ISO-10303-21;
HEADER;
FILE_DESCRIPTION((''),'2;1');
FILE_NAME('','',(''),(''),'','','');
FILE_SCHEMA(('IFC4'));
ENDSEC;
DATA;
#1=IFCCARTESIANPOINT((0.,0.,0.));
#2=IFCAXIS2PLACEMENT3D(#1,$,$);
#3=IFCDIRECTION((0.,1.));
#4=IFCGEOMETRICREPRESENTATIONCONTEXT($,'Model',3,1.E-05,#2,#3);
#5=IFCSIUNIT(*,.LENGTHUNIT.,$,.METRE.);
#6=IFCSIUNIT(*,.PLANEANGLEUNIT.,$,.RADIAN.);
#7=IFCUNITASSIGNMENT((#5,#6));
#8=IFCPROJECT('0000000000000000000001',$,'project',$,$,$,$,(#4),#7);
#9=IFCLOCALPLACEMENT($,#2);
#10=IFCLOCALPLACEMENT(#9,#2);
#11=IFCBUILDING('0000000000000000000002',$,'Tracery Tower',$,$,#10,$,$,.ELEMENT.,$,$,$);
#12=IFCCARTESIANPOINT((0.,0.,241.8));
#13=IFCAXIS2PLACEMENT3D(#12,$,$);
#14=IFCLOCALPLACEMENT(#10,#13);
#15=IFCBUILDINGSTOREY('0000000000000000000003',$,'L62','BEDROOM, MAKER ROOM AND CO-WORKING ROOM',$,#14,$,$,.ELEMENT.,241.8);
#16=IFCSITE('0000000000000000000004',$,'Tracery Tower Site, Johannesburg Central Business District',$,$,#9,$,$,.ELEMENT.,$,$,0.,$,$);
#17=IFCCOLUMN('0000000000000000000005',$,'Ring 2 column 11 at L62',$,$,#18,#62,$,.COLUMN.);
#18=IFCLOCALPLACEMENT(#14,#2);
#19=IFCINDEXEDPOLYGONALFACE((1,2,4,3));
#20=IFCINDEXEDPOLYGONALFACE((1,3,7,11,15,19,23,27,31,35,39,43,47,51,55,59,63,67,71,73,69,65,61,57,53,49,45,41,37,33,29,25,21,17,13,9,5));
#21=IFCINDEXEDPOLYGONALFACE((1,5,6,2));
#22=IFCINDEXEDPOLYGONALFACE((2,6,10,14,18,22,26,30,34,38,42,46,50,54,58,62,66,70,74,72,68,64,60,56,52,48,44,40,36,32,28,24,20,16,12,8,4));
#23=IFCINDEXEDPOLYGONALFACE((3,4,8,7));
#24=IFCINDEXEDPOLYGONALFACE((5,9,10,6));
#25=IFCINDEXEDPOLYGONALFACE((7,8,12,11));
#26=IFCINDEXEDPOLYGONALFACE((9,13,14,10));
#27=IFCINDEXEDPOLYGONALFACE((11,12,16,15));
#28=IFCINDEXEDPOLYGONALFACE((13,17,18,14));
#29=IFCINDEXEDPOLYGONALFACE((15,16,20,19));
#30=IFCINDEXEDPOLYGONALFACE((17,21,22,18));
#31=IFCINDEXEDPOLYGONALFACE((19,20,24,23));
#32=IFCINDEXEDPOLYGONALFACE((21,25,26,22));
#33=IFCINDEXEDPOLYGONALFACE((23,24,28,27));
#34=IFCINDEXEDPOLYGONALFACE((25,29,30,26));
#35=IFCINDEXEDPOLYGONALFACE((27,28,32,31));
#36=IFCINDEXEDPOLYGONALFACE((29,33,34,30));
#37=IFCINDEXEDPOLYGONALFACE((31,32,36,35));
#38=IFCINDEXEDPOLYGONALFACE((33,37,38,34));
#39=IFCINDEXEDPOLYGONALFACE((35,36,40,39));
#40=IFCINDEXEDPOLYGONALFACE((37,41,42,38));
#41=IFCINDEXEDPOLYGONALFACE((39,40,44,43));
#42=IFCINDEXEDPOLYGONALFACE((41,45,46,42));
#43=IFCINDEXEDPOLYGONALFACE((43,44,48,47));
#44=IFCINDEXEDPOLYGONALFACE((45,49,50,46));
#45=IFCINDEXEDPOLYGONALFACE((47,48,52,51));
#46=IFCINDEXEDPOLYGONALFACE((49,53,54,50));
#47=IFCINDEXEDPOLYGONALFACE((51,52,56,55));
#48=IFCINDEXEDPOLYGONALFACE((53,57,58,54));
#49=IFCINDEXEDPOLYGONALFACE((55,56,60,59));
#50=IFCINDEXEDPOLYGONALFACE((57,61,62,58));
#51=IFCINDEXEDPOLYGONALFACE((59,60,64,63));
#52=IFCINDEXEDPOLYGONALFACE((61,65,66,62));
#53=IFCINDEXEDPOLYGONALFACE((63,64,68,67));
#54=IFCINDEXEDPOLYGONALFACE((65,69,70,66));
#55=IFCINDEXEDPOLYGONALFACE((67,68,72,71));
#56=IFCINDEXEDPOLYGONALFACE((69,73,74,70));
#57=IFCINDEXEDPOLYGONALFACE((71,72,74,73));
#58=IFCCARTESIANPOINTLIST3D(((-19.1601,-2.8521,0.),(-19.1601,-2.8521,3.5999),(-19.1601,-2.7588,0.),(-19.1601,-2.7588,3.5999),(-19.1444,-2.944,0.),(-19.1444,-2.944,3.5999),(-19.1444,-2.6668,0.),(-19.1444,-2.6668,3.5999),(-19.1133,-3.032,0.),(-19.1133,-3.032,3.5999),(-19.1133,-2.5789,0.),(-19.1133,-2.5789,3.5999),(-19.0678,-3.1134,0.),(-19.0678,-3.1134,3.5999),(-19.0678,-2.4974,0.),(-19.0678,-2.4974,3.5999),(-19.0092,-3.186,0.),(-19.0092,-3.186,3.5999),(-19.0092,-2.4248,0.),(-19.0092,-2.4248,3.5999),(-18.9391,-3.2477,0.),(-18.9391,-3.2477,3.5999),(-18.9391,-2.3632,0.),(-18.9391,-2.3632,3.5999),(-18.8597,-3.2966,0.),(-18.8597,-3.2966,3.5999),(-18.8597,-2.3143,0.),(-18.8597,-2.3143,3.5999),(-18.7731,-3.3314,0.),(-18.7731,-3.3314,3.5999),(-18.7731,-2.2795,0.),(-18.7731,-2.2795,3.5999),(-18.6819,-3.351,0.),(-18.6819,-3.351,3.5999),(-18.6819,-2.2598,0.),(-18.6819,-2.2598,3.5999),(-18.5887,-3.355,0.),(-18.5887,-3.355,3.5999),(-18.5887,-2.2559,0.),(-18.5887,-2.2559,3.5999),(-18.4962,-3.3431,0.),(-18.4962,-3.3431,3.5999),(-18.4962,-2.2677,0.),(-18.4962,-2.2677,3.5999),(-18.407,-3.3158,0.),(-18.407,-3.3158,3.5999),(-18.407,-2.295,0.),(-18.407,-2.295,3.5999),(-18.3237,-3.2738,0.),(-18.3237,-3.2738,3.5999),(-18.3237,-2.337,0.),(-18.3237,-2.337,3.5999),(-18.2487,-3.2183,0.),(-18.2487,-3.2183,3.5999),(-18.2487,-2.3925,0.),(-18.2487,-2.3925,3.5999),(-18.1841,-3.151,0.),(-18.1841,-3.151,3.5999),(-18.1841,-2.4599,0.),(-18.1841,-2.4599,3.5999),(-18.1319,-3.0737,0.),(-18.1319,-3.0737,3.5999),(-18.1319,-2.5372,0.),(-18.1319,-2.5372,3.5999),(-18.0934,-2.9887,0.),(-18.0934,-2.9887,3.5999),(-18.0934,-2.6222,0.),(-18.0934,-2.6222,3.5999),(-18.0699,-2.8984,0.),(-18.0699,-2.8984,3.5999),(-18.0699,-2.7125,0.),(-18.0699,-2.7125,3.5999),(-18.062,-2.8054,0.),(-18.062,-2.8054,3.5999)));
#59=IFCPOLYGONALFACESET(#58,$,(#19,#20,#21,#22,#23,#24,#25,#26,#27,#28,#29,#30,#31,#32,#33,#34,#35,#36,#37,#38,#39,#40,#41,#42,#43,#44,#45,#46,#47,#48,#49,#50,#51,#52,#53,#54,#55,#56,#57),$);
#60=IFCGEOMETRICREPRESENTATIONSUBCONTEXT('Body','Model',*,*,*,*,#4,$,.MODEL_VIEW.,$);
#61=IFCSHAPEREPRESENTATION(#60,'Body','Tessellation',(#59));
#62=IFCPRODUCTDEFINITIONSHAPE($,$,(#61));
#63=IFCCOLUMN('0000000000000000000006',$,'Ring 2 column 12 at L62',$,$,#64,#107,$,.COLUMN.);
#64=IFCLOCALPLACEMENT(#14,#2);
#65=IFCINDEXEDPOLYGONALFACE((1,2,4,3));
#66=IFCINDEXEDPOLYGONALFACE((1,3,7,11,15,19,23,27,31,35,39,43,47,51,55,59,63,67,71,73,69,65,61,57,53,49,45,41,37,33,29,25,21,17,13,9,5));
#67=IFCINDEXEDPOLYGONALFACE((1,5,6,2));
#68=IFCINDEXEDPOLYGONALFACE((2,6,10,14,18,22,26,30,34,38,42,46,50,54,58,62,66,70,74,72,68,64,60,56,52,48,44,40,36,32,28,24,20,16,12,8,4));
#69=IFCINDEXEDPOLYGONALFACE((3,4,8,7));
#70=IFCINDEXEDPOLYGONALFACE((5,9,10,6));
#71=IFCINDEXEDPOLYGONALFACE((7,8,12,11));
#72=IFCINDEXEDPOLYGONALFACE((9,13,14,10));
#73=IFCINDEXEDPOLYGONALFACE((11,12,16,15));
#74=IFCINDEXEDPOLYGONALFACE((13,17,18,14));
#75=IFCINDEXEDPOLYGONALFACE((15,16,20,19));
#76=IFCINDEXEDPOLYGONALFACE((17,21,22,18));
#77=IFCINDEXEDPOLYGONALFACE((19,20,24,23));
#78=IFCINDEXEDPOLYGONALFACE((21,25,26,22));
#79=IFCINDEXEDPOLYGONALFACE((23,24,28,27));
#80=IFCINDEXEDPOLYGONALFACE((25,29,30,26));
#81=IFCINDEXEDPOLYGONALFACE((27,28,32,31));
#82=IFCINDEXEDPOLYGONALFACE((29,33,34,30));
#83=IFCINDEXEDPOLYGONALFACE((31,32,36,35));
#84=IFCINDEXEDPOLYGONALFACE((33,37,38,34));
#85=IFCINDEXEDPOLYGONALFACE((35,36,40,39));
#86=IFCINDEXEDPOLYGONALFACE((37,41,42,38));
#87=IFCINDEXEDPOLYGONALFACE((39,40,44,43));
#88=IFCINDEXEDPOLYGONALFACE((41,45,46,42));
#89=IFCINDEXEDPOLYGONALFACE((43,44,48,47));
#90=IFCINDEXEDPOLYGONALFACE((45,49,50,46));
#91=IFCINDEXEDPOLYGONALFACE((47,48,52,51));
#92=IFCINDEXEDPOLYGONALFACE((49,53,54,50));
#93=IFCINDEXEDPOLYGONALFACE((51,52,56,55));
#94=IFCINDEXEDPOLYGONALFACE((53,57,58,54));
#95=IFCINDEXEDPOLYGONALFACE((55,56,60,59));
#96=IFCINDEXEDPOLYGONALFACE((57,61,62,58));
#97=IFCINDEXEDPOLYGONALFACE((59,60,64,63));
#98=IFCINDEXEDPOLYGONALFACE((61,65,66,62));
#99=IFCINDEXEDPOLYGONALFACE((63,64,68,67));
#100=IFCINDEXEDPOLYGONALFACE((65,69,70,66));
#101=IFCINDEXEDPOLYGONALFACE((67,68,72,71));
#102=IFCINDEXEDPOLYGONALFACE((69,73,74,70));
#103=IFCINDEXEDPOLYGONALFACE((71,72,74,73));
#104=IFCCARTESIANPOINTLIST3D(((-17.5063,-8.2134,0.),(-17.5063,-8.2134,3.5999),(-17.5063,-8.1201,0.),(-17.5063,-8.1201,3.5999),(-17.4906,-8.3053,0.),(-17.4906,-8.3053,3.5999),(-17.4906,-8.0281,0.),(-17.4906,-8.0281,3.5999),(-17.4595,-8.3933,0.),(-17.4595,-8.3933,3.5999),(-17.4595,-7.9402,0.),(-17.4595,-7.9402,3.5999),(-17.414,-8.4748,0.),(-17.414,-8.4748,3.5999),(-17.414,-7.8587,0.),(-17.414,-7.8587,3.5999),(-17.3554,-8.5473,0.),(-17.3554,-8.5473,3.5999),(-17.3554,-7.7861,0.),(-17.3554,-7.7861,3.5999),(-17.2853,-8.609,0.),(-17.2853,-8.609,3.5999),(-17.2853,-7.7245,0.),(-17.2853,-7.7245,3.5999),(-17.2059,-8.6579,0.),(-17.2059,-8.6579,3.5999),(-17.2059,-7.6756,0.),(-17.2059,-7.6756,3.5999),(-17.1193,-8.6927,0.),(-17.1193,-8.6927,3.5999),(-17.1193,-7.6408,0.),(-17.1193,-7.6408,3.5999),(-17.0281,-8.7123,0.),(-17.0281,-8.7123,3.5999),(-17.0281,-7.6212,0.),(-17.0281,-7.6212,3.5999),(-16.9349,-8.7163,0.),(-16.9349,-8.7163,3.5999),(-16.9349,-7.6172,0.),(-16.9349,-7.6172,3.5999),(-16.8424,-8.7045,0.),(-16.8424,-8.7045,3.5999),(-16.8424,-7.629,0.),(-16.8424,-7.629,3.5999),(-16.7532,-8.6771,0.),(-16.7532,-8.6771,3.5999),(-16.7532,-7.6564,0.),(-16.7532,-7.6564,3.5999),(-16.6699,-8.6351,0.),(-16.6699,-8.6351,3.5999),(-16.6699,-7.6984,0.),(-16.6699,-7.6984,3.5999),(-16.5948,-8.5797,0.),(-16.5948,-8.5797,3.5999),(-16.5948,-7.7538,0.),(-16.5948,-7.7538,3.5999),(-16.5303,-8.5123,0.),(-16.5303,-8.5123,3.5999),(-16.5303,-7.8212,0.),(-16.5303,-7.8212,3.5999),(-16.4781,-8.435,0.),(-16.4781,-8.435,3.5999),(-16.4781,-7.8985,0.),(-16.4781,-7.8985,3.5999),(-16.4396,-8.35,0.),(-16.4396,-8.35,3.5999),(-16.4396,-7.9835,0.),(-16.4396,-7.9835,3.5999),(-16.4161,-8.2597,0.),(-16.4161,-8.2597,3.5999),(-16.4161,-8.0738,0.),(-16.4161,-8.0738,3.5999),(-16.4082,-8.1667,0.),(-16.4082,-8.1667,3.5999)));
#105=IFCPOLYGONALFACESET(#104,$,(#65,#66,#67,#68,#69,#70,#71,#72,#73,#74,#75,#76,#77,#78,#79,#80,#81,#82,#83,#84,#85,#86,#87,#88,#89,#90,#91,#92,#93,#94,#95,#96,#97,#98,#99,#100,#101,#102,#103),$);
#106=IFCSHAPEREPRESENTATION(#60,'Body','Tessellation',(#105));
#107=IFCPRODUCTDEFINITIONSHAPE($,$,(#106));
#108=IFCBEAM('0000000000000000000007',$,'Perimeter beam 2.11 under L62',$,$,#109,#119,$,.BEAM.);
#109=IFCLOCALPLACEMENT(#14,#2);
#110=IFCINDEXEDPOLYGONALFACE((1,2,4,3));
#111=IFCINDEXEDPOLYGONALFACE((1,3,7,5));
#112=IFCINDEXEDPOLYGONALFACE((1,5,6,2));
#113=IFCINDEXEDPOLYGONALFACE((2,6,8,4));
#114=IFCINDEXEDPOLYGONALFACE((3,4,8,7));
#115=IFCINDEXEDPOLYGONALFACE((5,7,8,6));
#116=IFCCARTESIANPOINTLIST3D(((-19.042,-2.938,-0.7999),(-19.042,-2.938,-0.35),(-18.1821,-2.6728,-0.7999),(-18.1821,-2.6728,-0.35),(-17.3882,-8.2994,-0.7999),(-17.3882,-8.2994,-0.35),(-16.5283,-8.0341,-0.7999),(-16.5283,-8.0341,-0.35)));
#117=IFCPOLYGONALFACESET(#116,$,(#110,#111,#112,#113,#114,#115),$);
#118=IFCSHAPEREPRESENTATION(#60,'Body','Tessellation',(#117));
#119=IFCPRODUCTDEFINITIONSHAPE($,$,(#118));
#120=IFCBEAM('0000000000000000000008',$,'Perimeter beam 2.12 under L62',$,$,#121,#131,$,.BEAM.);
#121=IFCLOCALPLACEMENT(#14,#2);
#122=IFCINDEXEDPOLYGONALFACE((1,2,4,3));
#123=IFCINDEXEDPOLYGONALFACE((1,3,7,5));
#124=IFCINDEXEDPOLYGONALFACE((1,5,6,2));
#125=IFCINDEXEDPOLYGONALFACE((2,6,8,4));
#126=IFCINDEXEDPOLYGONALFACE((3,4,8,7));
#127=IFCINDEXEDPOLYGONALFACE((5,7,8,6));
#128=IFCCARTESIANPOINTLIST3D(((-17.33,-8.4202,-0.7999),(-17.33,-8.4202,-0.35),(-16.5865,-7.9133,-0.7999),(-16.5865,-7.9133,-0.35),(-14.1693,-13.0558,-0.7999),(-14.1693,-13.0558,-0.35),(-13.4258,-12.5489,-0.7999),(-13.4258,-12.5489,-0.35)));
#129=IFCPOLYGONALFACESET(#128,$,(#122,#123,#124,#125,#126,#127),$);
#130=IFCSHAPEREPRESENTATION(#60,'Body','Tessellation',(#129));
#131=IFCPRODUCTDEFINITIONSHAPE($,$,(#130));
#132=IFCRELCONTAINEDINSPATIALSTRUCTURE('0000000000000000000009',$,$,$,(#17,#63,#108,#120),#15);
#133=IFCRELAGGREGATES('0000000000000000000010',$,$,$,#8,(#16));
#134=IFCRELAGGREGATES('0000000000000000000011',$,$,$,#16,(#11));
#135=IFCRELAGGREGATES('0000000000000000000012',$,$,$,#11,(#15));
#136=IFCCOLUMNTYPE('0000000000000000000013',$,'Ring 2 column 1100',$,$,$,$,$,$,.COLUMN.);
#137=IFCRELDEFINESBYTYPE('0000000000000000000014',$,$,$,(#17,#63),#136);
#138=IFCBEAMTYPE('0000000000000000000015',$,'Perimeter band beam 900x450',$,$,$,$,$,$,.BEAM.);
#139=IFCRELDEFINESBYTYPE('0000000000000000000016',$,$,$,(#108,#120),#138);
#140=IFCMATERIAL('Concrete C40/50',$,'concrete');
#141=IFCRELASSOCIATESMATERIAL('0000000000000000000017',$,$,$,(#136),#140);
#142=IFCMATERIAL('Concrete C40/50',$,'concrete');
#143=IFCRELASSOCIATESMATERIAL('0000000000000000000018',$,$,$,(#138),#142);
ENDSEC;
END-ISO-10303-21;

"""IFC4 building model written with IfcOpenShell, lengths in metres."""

from ifc_helpers import new_model, si_unit, direction, frame, origin, origin_2d, place, context, subcontext, project, spatial, rectangle, circle, extrude, material, material_profile, profile_set, type_object, element, save


model = new_model("IFC4")

# Units and contexts
model_context = context("Model", 3, precision=1e-05, world=origin(), true_north=direction((0.0, 1.0)))
body_context = subcontext(model_context, "Body", "Model", "MODEL_VIEW")
ifc_project = project(units=[si_unit("LENGTHUNIT", "METRE"), si_unit("PLANEANGLEUNIT", "RADIAN")], contexts=[model_context])

# Site, building, storey
site_placement = place(None, origin())
site = spatial("IfcSite", under=ifc_project, at=site_placement, Name="Tracery Tower Site, Johannesburg Central Business District", CompositionType="ELEMENT", RefElevation=0.0)
building_placement = place(site_placement, origin())
building = spatial("IfcBuilding", under=site, at=building_placement, Name="Tracery Tower", CompositionType="ELEMENT")
storey_placement = place(building_placement, frame((0.0, 0.0, 241.8)))
storey = spatial("IfcBuildingStorey", under=building, at=storey_placement, Name="L62", Description="BEDROOM, MAKER ROOM AND CO-WORKING ROOM", CompositionType="ELEMENT", Elevation=241.8)

# Columns
ifc_material_1 = material(Name="Concrete C40/50", Category="concrete")
ifc_material_profile_1 = material_profile(ifc_material_1, circle(Radius=0.55, at=origin_2d()), Name="RC D1100")
ifc_profile_set_1 = profile_set([ifc_material_profile_1], Name="Concrete C40/50")
column_type = type_object("IfcColumnType", Name="Ring 2 column 1100", PredefinedType="COLUMN", material=ifc_profile_set_1)
for number, where, z_axis, x_axis, name in (
    (1, (-18.6121, -2.8054, 0.0), (0.0, 0.0, 1.0), (1.0, 0.0, 0.0), "Ring 2 column 11 at L62"),
    (2, (-16.9583, -8.1667, 0.0), (0.0, 0.0, 1.0), (1.0, 0.0, 0.0), "Ring 2 column 12 at L62"),
):
    element("IfcColumn", number, at=place(storey_placement, frame(where, z_axis=z_axis, x_axis=x_axis)), inside=storey, type_object=column_type, Name=name, PredefinedType="COLUMN", context=body_context, shape_type="SweptSolid", body=[
        extrude(circle(Radius=0.55, at=origin_2d()), origin(), (0.0, 0.0, 1.0), 3.5999),
    ])

# Beams
ifc_material_2 = material(Name="Concrete C40/50", Category="concrete")
ifc_material_profile_2 = material_profile(ifc_material_2, rectangle(XDim=0.8999, YDim=0.45, at=origin_2d()), Name="RC 900x450")
ifc_profile_set_2 = profile_set([ifc_material_profile_2], Name="Concrete C40/50")
beam_type = type_object("IfcBeamType", Name="Perimeter band beam 900x450", PredefinedType="BEAM", material=ifc_profile_set_2)
for number, where, z_axis, x_axis, name in (
    (3, (-18.6121, -2.8054, -0.575), (0.294765, -0.95557, 0.0), (0.95557, 0.294765, 0.0), "Perimeter beam 2.11 under L62"),
    (4, (-16.9583, -8.1667, -0.575), (0.563346, -0.826221, 0.0), (0.826221, 0.563346, 0.0), "Perimeter beam 2.12 under L62"),
):
    element("IfcBeam", number, at=place(storey_placement, frame(where, z_axis=z_axis, x_axis=x_axis)), inside=storey, type_object=beam_type, Name=name, PredefinedType="BEAM", context=body_context, shape_type="SweptSolid", body=[
        extrude(rectangle(XDim=0.8999, YDim=0.45, at=origin_2d()), origin(), (0.0, 0.0, 1.0), 5.6106),
    ])

save(model, "model.ifc")
